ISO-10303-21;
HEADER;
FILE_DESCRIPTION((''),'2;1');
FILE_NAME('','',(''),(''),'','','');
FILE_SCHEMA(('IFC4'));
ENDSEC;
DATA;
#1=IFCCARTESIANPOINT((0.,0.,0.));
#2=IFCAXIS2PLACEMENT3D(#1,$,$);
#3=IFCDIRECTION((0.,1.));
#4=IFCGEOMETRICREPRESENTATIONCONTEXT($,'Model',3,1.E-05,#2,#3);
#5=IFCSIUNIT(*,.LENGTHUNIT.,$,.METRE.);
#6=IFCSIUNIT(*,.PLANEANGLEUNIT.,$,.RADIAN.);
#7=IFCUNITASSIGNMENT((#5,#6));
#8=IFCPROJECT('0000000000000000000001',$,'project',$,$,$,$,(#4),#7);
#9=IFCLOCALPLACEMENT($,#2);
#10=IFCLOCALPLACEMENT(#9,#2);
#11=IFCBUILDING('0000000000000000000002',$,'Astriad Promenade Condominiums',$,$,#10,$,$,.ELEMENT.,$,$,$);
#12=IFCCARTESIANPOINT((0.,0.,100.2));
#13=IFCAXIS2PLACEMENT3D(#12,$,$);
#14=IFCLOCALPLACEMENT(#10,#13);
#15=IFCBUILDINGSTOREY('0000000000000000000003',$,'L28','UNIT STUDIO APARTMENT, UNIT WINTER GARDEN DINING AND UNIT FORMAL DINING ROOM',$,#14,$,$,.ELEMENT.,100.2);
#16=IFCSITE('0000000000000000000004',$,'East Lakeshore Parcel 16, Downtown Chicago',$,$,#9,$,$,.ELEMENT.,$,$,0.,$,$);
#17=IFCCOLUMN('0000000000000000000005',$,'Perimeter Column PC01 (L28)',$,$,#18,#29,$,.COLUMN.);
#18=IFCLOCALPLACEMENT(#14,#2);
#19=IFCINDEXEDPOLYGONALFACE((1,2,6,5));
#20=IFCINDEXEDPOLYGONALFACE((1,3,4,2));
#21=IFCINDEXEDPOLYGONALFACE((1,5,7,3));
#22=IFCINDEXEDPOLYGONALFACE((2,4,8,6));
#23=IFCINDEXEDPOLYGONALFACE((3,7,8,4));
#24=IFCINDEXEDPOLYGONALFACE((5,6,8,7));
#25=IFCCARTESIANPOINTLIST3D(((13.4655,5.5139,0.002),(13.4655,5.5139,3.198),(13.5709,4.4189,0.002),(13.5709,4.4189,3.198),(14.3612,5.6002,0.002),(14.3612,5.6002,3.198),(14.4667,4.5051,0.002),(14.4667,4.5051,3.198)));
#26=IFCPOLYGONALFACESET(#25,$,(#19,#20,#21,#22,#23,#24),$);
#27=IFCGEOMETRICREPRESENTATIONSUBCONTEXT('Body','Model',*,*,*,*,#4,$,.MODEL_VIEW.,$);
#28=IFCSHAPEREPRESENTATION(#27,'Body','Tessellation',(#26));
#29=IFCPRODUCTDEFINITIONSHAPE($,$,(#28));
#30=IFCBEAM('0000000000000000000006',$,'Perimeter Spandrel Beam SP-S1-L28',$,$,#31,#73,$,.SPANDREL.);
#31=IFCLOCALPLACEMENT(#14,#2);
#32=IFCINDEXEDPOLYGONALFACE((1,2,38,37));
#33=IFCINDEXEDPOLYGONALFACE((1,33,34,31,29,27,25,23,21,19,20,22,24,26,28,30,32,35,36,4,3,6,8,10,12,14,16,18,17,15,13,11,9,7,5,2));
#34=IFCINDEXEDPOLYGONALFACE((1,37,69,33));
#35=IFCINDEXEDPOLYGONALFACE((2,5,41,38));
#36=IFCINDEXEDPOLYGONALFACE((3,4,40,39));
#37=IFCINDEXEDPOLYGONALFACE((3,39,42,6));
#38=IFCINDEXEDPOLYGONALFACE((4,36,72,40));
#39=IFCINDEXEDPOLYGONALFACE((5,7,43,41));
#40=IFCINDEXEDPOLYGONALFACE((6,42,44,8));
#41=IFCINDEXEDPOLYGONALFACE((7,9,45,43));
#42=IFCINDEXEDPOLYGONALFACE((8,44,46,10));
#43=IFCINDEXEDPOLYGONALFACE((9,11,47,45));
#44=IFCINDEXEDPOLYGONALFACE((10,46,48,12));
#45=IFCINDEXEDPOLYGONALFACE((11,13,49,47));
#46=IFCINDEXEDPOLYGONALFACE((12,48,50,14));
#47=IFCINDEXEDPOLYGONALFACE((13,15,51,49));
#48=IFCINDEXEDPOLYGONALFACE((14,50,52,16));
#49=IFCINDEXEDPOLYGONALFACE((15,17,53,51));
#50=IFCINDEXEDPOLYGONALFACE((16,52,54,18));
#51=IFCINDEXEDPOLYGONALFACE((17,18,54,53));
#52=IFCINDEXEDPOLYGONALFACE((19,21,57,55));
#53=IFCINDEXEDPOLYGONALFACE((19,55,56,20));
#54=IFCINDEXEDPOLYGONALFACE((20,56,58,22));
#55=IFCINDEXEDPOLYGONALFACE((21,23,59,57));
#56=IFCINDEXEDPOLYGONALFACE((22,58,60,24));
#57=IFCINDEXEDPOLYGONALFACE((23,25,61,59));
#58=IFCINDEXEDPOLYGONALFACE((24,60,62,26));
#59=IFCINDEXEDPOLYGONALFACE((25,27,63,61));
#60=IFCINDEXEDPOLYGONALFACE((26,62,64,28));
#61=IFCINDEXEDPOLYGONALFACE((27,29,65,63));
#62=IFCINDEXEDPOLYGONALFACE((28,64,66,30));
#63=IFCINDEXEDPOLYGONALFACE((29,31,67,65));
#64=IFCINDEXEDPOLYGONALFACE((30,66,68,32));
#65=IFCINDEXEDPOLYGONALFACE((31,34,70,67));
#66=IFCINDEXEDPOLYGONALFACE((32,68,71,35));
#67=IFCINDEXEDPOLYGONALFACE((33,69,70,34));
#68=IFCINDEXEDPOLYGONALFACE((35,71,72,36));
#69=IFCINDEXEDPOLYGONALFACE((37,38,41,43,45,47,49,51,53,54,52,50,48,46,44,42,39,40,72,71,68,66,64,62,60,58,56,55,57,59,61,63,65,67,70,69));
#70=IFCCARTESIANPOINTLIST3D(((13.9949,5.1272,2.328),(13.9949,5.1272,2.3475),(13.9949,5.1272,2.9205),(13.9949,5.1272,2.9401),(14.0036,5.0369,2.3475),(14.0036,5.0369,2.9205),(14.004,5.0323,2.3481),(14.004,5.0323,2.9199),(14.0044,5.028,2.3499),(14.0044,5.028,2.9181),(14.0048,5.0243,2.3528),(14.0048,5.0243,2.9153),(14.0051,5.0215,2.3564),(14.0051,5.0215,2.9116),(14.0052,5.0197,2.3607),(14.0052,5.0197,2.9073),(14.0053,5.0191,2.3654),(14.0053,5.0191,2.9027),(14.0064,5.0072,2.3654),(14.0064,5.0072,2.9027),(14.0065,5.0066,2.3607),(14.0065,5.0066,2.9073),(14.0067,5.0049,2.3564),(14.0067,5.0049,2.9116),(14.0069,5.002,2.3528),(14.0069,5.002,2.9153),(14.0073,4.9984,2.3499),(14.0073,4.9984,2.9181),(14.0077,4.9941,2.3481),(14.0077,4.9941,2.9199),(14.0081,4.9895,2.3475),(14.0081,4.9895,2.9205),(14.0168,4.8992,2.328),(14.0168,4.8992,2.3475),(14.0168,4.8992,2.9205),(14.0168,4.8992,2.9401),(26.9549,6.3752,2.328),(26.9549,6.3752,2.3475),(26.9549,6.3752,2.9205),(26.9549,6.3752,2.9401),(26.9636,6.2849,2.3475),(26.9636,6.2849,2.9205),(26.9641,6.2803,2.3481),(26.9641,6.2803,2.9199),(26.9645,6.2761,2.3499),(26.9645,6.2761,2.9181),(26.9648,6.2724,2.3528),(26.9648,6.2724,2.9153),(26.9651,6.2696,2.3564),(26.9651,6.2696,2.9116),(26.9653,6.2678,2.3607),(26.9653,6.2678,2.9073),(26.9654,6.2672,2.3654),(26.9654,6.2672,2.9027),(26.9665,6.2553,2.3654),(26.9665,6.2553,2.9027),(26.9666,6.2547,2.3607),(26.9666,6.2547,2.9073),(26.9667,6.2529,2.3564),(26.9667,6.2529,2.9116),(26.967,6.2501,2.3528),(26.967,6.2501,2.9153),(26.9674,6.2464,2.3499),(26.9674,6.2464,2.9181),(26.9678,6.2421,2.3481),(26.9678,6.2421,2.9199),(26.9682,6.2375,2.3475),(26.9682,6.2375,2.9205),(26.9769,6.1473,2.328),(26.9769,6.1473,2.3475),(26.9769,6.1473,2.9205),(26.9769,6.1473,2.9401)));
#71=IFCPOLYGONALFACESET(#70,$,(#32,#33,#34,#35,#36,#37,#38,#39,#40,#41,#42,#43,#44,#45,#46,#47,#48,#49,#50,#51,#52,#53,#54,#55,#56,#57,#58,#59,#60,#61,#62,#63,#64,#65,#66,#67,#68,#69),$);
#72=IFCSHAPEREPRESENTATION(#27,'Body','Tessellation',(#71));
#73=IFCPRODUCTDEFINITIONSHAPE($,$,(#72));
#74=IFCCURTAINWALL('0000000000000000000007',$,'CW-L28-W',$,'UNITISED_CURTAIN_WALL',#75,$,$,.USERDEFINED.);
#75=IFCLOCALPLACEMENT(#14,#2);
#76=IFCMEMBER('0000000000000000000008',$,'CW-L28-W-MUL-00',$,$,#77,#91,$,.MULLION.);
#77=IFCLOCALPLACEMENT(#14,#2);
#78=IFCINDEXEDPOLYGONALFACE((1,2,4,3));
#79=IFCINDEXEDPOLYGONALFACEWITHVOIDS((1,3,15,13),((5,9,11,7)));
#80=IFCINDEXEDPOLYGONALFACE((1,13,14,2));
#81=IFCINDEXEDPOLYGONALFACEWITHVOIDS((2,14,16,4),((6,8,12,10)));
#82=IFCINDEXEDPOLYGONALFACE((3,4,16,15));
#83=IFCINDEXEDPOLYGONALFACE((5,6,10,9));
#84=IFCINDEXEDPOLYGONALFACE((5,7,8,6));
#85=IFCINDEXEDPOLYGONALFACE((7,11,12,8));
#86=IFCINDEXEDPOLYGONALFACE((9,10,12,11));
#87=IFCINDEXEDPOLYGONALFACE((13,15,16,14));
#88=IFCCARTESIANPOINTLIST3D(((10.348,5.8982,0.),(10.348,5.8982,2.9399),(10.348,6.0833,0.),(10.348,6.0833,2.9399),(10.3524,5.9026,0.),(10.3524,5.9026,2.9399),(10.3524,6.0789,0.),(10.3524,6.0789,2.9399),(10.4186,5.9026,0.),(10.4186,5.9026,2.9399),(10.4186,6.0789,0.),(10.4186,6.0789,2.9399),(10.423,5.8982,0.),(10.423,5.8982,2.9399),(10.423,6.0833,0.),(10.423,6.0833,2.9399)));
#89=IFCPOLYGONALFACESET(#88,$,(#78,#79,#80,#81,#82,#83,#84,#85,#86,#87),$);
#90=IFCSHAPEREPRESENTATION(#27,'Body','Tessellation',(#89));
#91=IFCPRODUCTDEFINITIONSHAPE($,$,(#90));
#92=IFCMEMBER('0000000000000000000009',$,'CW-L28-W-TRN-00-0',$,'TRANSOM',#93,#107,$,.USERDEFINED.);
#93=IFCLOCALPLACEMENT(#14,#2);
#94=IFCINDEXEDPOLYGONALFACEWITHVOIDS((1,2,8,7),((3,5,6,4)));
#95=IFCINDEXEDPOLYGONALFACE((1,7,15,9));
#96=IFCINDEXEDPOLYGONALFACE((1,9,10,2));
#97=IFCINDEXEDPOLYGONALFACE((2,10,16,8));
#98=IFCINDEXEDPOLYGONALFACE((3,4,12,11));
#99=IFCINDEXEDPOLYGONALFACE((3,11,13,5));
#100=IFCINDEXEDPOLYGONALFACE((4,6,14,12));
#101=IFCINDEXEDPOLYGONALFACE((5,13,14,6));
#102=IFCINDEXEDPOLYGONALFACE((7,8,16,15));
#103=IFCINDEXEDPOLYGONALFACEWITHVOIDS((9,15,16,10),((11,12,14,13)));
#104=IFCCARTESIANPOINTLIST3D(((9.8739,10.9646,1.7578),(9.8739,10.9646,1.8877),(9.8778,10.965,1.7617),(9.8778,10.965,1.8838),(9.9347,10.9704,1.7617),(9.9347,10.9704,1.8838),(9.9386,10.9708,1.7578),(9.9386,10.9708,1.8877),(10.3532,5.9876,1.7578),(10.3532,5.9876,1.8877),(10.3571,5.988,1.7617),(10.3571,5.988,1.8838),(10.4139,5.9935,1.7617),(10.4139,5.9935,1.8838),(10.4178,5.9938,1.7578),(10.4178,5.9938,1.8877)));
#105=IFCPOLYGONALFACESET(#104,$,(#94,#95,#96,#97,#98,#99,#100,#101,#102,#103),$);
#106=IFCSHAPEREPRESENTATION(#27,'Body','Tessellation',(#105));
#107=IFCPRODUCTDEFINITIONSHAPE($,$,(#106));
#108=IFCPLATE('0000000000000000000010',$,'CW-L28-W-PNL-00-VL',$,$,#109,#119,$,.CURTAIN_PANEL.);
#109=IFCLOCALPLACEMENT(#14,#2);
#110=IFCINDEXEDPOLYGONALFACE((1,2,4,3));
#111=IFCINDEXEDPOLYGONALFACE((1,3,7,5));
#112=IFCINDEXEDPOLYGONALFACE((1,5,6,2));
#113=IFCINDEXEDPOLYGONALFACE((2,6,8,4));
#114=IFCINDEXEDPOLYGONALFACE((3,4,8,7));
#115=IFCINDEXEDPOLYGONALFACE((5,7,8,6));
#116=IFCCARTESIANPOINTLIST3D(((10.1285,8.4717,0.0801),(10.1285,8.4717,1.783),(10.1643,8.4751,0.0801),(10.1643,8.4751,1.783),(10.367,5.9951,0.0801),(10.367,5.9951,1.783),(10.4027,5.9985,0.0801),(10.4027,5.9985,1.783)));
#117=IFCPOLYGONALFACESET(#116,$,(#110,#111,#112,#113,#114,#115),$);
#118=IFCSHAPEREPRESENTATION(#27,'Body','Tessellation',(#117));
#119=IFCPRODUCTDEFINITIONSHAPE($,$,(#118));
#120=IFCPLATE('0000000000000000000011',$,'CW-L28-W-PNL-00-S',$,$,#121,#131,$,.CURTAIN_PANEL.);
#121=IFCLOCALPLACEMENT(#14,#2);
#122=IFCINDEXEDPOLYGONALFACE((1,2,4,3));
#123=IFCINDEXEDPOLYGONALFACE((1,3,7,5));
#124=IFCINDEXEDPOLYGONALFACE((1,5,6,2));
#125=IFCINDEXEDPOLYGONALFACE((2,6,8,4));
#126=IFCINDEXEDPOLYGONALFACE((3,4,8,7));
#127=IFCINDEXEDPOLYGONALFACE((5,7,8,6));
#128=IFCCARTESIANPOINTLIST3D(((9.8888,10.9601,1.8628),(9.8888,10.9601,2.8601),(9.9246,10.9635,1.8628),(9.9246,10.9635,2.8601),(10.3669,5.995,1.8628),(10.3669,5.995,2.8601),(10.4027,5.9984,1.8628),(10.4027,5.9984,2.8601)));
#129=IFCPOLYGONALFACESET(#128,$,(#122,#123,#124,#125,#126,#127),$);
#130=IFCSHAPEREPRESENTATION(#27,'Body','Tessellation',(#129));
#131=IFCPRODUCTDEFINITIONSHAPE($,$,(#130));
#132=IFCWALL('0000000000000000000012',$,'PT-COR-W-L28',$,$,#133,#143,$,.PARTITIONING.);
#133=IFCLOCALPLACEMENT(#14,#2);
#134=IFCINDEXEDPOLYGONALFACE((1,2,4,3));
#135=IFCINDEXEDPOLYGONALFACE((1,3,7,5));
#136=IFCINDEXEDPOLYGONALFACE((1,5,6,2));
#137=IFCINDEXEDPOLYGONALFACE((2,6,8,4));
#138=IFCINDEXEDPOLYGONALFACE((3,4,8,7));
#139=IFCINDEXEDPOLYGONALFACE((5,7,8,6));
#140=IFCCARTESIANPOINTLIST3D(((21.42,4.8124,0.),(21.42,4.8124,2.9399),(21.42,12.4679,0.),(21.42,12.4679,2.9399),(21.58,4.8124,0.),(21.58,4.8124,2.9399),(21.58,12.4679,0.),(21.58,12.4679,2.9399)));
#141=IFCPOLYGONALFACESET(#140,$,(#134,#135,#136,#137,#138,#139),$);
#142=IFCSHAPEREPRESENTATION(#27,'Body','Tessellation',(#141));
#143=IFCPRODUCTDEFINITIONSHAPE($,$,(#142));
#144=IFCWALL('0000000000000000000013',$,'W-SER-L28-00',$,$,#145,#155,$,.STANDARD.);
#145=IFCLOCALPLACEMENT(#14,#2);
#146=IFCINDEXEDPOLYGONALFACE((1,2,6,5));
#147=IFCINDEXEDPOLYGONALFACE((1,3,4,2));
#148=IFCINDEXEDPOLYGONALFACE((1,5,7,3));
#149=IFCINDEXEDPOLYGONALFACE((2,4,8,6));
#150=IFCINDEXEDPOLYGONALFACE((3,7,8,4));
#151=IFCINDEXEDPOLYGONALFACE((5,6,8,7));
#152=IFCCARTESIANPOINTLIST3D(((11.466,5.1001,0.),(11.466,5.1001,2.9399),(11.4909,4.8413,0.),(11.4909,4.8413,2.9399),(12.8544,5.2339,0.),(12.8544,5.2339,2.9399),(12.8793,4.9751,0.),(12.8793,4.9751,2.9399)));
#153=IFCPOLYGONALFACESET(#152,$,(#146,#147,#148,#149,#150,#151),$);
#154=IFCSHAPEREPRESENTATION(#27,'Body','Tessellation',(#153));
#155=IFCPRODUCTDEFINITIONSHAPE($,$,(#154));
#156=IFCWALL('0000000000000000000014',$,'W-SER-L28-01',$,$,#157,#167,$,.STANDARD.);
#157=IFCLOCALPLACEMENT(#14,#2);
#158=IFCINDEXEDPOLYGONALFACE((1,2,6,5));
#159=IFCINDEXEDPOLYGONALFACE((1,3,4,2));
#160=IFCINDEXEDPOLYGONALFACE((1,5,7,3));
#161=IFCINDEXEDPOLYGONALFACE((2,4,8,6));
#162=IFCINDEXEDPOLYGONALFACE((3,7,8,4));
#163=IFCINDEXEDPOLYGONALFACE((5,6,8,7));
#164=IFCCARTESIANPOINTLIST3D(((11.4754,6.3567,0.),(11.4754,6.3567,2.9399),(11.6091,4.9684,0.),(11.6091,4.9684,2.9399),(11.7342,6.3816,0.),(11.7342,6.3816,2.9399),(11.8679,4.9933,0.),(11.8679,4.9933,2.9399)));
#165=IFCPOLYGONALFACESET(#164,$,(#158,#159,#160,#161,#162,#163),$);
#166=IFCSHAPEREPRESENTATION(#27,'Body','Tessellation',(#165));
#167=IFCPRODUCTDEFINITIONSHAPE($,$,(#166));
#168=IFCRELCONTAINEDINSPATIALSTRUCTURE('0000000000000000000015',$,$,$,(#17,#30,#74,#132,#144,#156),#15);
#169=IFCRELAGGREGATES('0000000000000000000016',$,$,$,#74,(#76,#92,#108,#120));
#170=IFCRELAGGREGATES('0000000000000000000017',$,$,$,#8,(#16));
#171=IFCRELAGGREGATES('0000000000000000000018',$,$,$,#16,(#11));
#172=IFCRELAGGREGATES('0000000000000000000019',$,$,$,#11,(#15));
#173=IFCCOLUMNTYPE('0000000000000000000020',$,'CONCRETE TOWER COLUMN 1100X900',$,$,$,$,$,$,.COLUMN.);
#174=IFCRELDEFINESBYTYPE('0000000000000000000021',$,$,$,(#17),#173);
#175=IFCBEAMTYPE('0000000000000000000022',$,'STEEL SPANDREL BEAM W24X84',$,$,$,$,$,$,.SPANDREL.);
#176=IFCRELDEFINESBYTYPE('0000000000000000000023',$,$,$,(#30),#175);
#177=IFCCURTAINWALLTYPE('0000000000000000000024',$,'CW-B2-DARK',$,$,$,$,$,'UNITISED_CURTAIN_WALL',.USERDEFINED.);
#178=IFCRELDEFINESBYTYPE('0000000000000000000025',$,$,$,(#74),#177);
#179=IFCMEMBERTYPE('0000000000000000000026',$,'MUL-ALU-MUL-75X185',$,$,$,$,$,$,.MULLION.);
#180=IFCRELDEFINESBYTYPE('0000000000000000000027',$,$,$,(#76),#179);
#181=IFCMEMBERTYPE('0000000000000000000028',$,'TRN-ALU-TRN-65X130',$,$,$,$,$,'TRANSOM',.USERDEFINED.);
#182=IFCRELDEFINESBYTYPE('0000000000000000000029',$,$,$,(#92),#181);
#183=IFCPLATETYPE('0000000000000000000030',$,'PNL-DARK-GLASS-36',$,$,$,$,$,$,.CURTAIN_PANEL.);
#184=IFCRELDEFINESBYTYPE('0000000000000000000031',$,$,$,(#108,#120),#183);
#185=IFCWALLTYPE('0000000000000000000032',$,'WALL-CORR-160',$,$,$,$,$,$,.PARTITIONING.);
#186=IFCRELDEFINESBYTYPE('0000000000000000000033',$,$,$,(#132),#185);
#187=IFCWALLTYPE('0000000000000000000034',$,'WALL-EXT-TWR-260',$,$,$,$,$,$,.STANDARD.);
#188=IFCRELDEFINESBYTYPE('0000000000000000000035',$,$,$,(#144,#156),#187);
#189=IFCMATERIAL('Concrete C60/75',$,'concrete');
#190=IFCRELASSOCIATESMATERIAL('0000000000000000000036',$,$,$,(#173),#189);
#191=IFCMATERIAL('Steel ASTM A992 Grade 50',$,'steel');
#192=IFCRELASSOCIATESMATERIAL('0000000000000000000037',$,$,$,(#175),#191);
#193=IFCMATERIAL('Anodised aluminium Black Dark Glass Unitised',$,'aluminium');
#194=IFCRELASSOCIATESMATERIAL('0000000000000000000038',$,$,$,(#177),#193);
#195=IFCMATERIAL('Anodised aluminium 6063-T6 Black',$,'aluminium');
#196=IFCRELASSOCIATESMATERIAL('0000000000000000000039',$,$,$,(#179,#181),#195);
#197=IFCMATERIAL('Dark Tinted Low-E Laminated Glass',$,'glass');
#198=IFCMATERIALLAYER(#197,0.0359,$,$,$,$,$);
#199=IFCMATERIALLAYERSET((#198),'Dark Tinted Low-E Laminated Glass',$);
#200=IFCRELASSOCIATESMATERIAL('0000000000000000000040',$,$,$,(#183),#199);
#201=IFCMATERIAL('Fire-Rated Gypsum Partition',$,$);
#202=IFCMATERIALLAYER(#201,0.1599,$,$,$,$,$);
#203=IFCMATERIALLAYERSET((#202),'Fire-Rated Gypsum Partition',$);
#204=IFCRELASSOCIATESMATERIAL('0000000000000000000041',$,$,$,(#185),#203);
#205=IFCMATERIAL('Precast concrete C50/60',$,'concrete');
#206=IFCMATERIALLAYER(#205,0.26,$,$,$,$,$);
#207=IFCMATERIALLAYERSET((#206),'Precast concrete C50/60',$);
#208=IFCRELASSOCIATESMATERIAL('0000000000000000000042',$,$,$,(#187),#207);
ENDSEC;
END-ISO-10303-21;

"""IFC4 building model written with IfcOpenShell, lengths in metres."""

from ifc_helpers import new_model, si_unit, direction, frame, frame_2d, origin, origin_2d, place, context, subcontext, project, spatial, rectangle, hollow_rectangle, i_section, extrude, source, transform, mapped, material, layer, layer_set, material_profile, profile_set, type_object, type_shapes, element, aggregate, save


model = new_model("IFC4")

# Units and contexts
model_context = context("Model", 3, precision=1e-05, world=origin(), true_north=direction((0.0, 1.0)))
body_context = subcontext(model_context, "Body", "Model", "MODEL_VIEW")
ifc_project = project(units=[si_unit("LENGTHUNIT", "METRE"), si_unit("PLANEANGLEUNIT", "RADIAN")], contexts=[model_context])

# Site, building, storey
site_placement = place(None, origin())
site = spatial("IfcSite", under=ifc_project, at=site_placement, Name="East Lakeshore Parcel 16, Downtown Chicago", CompositionType="ELEMENT", RefElevation=0.0)
building_placement = place(site_placement, origin())
building = spatial("IfcBuilding", under=site, at=building_placement, Name="Astriad Promenade Condominiums", CompositionType="ELEMENT")
storey_placement = place(building_placement, frame((0.0, 0.0, 100.2)))
storey = spatial("IfcBuildingStorey", under=building, at=storey_placement, Name="L28", Description="UNIT STUDIO APARTMENT, UNIT WINTER GARDEN DINING AND UNIT FORMAL DINING ROOM", CompositionType="ELEMENT", Elevation=100.2)

# Column
ifc_material_1 = material(Name="Concrete C60/75", Category="concrete")
ifc_material_profile_1 = material_profile(ifc_material_1, rectangle(XDim=0.8999, YDim=1.1001, at=origin_2d()), Name="RC-COL-1100X900")
ifc_profile_set_1 = profile_set([ifc_material_profile_1], Name="Concrete C60/75")
column_type = type_object("IfcColumnType", Name="CONCRETE TOWER COLUMN 1100X900", PredefinedType="COLUMN", material=ifc_profile_set_1)
shared_shape_1 = source(origin(), body_context, "Body", "SweptSolid", [
    extrude(rectangle(XDim=0.8999, YDim=1.1001, at=origin_2d()), origin(), (0.0, 0.0, 1.0), 3.196),
])
type_shapes(column_type, [shared_shape_1])
column_placement = place(storey_placement, frame((13.9661, 5.0095, 0.002), z_axis=(0.0, 0.0, 1.0), x_axis=(0.995396, 0.095846, 0.0)))
element("IfcColumn", 1, at=column_placement, inside=storey, type_object=column_type, Name="Perimeter Column PC01 (L28)", PredefinedType="COLUMN", context=body_context, shape_type="MappedRepresentation", body=[
    mapped(shared_shape_1, transform((0.0, 0.0, 0.0), scale=1.0)),
])

# Beam
ifc_material_2 = material(Name="Steel ASTM A992 Grade 50", Category="steel")
ifc_material_profile_2 = material_profile(ifc_material_2, i_section(OverallWidth=0.229, OverallDepth=0.6121, WebThickness=0.012, FlangeThickness=0.0195, FilletRadius=0.0178, at=origin_2d()), Name="W24X84")
ifc_profile_set_2 = profile_set([ifc_material_profile_2], Name="Steel ASTM A992 Grade 50")
beam_type = type_object("IfcBeamType", Name="STEEL SPANDREL BEAM W24X84", PredefinedType="SPANDREL", material=ifc_profile_set_2)
shared_shape_2 = source(origin(), body_context, "Body", "SweptSolid", [
    extrude(i_section(OverallWidth=0.229, OverallDepth=0.6121, WebThickness=0.012, FlangeThickness=0.0195, FilletRadius=0.0178, at=origin_2d()), origin(), (0.0, 0.0, 1.0), 13.02),
])
type_shapes(beam_type, [shared_shape_2])
beam_placement = place(storey_placement, frame((14.0059, 5.0132, 2.634), z_axis=(0.995395, 0.095857, 0.0), x_axis=(-0.095857, 0.995395, 0.0)))
element("IfcBeam", 2, at=beam_placement, inside=storey, type_object=beam_type, Name="Perimeter Spandrel Beam SP-S1-L28", PredefinedType="SPANDREL", context=body_context, shape_type="MappedRepresentation", body=[
    mapped(shared_shape_2, transform((0.0, 0.0, 0.0), scale=1.0)),
])

# Curtain wall, members, plates
ifc_material_3 = material(Name="Anodised aluminium Black Dark Glass Unitised", Category="aluminium")
curtain_wall_type = type_object("IfcCurtainWallType", Name="CW-B2-DARK", ElementType="UNITISED_CURTAIN_WALL", PredefinedType="USERDEFINED", material=ifc_material_3)
curtain_wall_placement = place(storey_placement, origin())
curtain_wall = element("IfcCurtainWall", 3, at=curtain_wall_placement, inside=storey, type_object=curtain_wall_type, Name="CW-L28-W", ObjectType="UNITISED_CURTAIN_WALL", PredefinedType="USERDEFINED")
ifc_material_4 = material(Name="Anodised aluminium 6063-T6 Black", Category="aluminium")
ifc_material_profile_3 = material_profile(ifc_material_4, hollow_rectangle(XDim=0.075, YDim=0.1851, WallThickness=0.0044, at=origin_2d()), Name="ALU-MUL-75X185")
ifc_profile_set_3 = profile_set([ifc_material_profile_3], Name="Anodised aluminium 6063-T6 Black")
member_type_1 = type_object("IfcMemberType", Name="MUL-ALU-MUL-75X185", PredefinedType="MULLION", material=ifc_profile_set_3)
shared_shape_3 = source(origin(), body_context, "Body", "SweptSolid", [
    extrude(hollow_rectangle(XDim=0.075, YDim=0.1851, WallThickness=0.0044, at=origin_2d()), origin(), (0.0, 0.0, 1.0), 2.9399),
])
type_shapes(member_type_1, [shared_shape_3])
member_1_placement = place(storey_placement, frame((10.3855, 5.9907, 0.0), z_axis=(0.0, 0.0, 1.0), x_axis=(1.0, 0.0, 0.0)))
member_1 = element("IfcMember", 4, at=member_1_placement, type_object=member_type_1, Name="CW-L28-W-MUL-00", PredefinedType="MULLION", context=body_context, shape_type="MappedRepresentation", body=[
    mapped(shared_shape_3, transform((0.0, 0.0, 0.0), scale=1.0)),
])
ifc_material_profile_4 = material_profile(ifc_material_4, hollow_rectangle(XDim=0.0649, YDim=0.1299, WallThickness=0.0039, at=origin_2d()), Name="ALU-TRN-65X130")
ifc_profile_set_4 = profile_set([ifc_material_profile_4], Name="Anodised aluminium 6063-T6 Black")
member_type_2 = type_object("IfcMemberType", Name="TRN-ALU-TRN-65X130", ElementType="TRANSOM", PredefinedType="USERDEFINED", material=ifc_profile_set_4)
shared_shape_4 = source(origin(), body_context, "Body", "SweptSolid", [
    extrude(hollow_rectangle(XDim=0.0649, YDim=0.1299, WallThickness=0.0039, at=origin_2d()), origin(), (0.0, 0.0, 1.0), 5.0),
])
type_shapes(member_type_2, [shared_shape_4])
member_2_placement = place(storey_placement, frame((10.3855, 5.9907, 1.8228), z_axis=(-0.095848, 0.995396, 0.0), x_axis=(-0.995396, -0.095848, 0.0)))
member_2 = element("IfcMember", 5, at=member_2_placement, type_object=member_type_2, Name="CW-L28-W-TRN-00-0", ObjectType="TRANSOM", PredefinedType="USERDEFINED", context=body_context, shape_type="MappedRepresentation", body=[
    mapped(shared_shape_4, transform((0.0, 0.0, 0.0), scale=1.0)),
])
ifc_material_5 = material(Name="Dark Tinted Low-E Laminated Glass", Category="glass")
ifc_layer_1 = layer(ifc_material_5, 0.0359)
ifc_layer_set_1 = layer_set([ifc_layer_1], Name="Dark Tinted Low-E Laminated Glass")
plate_type = type_object("IfcPlateType", Name="PNL-DARK-GLASS-36", PredefinedType="CURTAIN_PANEL", material=ifc_layer_set_1)
shared_shape_5 = source(origin(), body_context, "Body", "SweptSolid", [
    extrude(rectangle(XDim=2.488, YDim=0.0359, at=origin_2d()), origin(), (0.0, 0.0, 1.0), 1.7029),
])
plate_1_placement = place(storey_placement, frame((10.2656, 7.2351, 0.0801), z_axis=(0.0, 0.0, 1.0), x_axis=(-0.095846, 0.995396, 0.0)))
plate_1 = element("IfcPlate", 6, at=plate_1_placement, type_object=plate_type, Name="CW-L28-W-PNL-00-VL", PredefinedType="CURTAIN_PANEL", context=body_context, shape_type="MappedRepresentation", body=[
    mapped(shared_shape_5, transform((0.0, 0.0, 0.0), scale=1.0)),
])
shared_shape_6 = source(origin(), body_context, "Body", "SweptSolid", [
    extrude(rectangle(XDim=4.988, YDim=0.0359, at=origin_2d()), origin(), (0.0, 0.0, 1.0), 0.9973),
])
type_shapes(plate_type, [shared_shape_5, shared_shape_6])
plate_2_placement = place(storey_placement, frame((10.1458, 8.4792, 1.8628), z_axis=(0.0, 0.0, 1.0), x_axis=(-0.095846, 0.995396, 0.0)))
plate_2 = element("IfcPlate", 7, at=plate_2_placement, type_object=plate_type, Name="CW-L28-W-PNL-00-S", PredefinedType="CURTAIN_PANEL", context=body_context, shape_type="MappedRepresentation", body=[
    mapped(shared_shape_6, transform((0.0, 0.0, 0.0), scale=1.0)),
])
aggregate(curtain_wall, [member_1, member_2, plate_1, plate_2])

# Walls
ifc_material_6 = material(Name="Fire-Rated Gypsum Partition")
ifc_layer_2 = layer(ifc_material_6, 0.1599)
ifc_layer_set_2 = layer_set([ifc_layer_2], Name="Fire-Rated Gypsum Partition")
wall_type_1 = type_object("IfcWallType", Name="WALL-CORR-160", PredefinedType="PARTITIONING", material=ifc_layer_set_2)
wall_1_placement = place(storey_placement, frame((21.5, 4.8125, 0.0), z_axis=(0.0, 0.0, 1.0), x_axis=(0.0, 1.0, 0.0)))
element("IfcWall", 8, at=wall_1_placement, inside=storey, type_object=wall_type_1, Name="PT-COR-W-L28", PredefinedType="PARTITIONING", context=body_context, shape_type="SweptSolid", body=[
    extrude(rectangle(XDim=7.6555, YDim=0.1599, at=frame_2d((3.8276, 0.0))), origin(), (0.0, 0.0, 1.0), 2.9399),
])
ifc_material_7 = material(Name="Precast concrete C50/60", Category="concrete")
ifc_layer_3 = layer(ifc_material_7, 0.26)
ifc_layer_set_3 = layer_set([ifc_layer_3], Name="Precast concrete C50/60")
wall_type_2 = type_object("IfcWallType", Name="WALL-EXT-TWR-260", PredefinedType="STANDARD", material=ifc_layer_set_3)
for number, where, z_axis, x_axis, name in (
    (9, (12.8667, 5.1045, 0.0), (0.0, 0.0, 1.0), (-0.995389, -0.095916, 0.0), "W-SER-L28-00"),
    (10, (11.7385, 4.981, 0.0), (0.0, 0.0, 1.0), (-0.095916, 0.995389, 0.0), "W-SER-L28-01"),
):
    element("IfcWall", number, at=place(storey_placement, frame(where, z_axis=z_axis, x_axis=x_axis)), inside=storey, type_object=wall_type_2, Name=name, PredefinedType="STANDARD", context=body_context, shape_type="SweptSolid", body=[
        extrude(rectangle(XDim=1.3948, YDim=0.26, at=frame_2d((0.6973, 0.0))), origin(), (0.0, 0.0, 1.0), 2.9399),
    ])

save(model, "model.ifc")
